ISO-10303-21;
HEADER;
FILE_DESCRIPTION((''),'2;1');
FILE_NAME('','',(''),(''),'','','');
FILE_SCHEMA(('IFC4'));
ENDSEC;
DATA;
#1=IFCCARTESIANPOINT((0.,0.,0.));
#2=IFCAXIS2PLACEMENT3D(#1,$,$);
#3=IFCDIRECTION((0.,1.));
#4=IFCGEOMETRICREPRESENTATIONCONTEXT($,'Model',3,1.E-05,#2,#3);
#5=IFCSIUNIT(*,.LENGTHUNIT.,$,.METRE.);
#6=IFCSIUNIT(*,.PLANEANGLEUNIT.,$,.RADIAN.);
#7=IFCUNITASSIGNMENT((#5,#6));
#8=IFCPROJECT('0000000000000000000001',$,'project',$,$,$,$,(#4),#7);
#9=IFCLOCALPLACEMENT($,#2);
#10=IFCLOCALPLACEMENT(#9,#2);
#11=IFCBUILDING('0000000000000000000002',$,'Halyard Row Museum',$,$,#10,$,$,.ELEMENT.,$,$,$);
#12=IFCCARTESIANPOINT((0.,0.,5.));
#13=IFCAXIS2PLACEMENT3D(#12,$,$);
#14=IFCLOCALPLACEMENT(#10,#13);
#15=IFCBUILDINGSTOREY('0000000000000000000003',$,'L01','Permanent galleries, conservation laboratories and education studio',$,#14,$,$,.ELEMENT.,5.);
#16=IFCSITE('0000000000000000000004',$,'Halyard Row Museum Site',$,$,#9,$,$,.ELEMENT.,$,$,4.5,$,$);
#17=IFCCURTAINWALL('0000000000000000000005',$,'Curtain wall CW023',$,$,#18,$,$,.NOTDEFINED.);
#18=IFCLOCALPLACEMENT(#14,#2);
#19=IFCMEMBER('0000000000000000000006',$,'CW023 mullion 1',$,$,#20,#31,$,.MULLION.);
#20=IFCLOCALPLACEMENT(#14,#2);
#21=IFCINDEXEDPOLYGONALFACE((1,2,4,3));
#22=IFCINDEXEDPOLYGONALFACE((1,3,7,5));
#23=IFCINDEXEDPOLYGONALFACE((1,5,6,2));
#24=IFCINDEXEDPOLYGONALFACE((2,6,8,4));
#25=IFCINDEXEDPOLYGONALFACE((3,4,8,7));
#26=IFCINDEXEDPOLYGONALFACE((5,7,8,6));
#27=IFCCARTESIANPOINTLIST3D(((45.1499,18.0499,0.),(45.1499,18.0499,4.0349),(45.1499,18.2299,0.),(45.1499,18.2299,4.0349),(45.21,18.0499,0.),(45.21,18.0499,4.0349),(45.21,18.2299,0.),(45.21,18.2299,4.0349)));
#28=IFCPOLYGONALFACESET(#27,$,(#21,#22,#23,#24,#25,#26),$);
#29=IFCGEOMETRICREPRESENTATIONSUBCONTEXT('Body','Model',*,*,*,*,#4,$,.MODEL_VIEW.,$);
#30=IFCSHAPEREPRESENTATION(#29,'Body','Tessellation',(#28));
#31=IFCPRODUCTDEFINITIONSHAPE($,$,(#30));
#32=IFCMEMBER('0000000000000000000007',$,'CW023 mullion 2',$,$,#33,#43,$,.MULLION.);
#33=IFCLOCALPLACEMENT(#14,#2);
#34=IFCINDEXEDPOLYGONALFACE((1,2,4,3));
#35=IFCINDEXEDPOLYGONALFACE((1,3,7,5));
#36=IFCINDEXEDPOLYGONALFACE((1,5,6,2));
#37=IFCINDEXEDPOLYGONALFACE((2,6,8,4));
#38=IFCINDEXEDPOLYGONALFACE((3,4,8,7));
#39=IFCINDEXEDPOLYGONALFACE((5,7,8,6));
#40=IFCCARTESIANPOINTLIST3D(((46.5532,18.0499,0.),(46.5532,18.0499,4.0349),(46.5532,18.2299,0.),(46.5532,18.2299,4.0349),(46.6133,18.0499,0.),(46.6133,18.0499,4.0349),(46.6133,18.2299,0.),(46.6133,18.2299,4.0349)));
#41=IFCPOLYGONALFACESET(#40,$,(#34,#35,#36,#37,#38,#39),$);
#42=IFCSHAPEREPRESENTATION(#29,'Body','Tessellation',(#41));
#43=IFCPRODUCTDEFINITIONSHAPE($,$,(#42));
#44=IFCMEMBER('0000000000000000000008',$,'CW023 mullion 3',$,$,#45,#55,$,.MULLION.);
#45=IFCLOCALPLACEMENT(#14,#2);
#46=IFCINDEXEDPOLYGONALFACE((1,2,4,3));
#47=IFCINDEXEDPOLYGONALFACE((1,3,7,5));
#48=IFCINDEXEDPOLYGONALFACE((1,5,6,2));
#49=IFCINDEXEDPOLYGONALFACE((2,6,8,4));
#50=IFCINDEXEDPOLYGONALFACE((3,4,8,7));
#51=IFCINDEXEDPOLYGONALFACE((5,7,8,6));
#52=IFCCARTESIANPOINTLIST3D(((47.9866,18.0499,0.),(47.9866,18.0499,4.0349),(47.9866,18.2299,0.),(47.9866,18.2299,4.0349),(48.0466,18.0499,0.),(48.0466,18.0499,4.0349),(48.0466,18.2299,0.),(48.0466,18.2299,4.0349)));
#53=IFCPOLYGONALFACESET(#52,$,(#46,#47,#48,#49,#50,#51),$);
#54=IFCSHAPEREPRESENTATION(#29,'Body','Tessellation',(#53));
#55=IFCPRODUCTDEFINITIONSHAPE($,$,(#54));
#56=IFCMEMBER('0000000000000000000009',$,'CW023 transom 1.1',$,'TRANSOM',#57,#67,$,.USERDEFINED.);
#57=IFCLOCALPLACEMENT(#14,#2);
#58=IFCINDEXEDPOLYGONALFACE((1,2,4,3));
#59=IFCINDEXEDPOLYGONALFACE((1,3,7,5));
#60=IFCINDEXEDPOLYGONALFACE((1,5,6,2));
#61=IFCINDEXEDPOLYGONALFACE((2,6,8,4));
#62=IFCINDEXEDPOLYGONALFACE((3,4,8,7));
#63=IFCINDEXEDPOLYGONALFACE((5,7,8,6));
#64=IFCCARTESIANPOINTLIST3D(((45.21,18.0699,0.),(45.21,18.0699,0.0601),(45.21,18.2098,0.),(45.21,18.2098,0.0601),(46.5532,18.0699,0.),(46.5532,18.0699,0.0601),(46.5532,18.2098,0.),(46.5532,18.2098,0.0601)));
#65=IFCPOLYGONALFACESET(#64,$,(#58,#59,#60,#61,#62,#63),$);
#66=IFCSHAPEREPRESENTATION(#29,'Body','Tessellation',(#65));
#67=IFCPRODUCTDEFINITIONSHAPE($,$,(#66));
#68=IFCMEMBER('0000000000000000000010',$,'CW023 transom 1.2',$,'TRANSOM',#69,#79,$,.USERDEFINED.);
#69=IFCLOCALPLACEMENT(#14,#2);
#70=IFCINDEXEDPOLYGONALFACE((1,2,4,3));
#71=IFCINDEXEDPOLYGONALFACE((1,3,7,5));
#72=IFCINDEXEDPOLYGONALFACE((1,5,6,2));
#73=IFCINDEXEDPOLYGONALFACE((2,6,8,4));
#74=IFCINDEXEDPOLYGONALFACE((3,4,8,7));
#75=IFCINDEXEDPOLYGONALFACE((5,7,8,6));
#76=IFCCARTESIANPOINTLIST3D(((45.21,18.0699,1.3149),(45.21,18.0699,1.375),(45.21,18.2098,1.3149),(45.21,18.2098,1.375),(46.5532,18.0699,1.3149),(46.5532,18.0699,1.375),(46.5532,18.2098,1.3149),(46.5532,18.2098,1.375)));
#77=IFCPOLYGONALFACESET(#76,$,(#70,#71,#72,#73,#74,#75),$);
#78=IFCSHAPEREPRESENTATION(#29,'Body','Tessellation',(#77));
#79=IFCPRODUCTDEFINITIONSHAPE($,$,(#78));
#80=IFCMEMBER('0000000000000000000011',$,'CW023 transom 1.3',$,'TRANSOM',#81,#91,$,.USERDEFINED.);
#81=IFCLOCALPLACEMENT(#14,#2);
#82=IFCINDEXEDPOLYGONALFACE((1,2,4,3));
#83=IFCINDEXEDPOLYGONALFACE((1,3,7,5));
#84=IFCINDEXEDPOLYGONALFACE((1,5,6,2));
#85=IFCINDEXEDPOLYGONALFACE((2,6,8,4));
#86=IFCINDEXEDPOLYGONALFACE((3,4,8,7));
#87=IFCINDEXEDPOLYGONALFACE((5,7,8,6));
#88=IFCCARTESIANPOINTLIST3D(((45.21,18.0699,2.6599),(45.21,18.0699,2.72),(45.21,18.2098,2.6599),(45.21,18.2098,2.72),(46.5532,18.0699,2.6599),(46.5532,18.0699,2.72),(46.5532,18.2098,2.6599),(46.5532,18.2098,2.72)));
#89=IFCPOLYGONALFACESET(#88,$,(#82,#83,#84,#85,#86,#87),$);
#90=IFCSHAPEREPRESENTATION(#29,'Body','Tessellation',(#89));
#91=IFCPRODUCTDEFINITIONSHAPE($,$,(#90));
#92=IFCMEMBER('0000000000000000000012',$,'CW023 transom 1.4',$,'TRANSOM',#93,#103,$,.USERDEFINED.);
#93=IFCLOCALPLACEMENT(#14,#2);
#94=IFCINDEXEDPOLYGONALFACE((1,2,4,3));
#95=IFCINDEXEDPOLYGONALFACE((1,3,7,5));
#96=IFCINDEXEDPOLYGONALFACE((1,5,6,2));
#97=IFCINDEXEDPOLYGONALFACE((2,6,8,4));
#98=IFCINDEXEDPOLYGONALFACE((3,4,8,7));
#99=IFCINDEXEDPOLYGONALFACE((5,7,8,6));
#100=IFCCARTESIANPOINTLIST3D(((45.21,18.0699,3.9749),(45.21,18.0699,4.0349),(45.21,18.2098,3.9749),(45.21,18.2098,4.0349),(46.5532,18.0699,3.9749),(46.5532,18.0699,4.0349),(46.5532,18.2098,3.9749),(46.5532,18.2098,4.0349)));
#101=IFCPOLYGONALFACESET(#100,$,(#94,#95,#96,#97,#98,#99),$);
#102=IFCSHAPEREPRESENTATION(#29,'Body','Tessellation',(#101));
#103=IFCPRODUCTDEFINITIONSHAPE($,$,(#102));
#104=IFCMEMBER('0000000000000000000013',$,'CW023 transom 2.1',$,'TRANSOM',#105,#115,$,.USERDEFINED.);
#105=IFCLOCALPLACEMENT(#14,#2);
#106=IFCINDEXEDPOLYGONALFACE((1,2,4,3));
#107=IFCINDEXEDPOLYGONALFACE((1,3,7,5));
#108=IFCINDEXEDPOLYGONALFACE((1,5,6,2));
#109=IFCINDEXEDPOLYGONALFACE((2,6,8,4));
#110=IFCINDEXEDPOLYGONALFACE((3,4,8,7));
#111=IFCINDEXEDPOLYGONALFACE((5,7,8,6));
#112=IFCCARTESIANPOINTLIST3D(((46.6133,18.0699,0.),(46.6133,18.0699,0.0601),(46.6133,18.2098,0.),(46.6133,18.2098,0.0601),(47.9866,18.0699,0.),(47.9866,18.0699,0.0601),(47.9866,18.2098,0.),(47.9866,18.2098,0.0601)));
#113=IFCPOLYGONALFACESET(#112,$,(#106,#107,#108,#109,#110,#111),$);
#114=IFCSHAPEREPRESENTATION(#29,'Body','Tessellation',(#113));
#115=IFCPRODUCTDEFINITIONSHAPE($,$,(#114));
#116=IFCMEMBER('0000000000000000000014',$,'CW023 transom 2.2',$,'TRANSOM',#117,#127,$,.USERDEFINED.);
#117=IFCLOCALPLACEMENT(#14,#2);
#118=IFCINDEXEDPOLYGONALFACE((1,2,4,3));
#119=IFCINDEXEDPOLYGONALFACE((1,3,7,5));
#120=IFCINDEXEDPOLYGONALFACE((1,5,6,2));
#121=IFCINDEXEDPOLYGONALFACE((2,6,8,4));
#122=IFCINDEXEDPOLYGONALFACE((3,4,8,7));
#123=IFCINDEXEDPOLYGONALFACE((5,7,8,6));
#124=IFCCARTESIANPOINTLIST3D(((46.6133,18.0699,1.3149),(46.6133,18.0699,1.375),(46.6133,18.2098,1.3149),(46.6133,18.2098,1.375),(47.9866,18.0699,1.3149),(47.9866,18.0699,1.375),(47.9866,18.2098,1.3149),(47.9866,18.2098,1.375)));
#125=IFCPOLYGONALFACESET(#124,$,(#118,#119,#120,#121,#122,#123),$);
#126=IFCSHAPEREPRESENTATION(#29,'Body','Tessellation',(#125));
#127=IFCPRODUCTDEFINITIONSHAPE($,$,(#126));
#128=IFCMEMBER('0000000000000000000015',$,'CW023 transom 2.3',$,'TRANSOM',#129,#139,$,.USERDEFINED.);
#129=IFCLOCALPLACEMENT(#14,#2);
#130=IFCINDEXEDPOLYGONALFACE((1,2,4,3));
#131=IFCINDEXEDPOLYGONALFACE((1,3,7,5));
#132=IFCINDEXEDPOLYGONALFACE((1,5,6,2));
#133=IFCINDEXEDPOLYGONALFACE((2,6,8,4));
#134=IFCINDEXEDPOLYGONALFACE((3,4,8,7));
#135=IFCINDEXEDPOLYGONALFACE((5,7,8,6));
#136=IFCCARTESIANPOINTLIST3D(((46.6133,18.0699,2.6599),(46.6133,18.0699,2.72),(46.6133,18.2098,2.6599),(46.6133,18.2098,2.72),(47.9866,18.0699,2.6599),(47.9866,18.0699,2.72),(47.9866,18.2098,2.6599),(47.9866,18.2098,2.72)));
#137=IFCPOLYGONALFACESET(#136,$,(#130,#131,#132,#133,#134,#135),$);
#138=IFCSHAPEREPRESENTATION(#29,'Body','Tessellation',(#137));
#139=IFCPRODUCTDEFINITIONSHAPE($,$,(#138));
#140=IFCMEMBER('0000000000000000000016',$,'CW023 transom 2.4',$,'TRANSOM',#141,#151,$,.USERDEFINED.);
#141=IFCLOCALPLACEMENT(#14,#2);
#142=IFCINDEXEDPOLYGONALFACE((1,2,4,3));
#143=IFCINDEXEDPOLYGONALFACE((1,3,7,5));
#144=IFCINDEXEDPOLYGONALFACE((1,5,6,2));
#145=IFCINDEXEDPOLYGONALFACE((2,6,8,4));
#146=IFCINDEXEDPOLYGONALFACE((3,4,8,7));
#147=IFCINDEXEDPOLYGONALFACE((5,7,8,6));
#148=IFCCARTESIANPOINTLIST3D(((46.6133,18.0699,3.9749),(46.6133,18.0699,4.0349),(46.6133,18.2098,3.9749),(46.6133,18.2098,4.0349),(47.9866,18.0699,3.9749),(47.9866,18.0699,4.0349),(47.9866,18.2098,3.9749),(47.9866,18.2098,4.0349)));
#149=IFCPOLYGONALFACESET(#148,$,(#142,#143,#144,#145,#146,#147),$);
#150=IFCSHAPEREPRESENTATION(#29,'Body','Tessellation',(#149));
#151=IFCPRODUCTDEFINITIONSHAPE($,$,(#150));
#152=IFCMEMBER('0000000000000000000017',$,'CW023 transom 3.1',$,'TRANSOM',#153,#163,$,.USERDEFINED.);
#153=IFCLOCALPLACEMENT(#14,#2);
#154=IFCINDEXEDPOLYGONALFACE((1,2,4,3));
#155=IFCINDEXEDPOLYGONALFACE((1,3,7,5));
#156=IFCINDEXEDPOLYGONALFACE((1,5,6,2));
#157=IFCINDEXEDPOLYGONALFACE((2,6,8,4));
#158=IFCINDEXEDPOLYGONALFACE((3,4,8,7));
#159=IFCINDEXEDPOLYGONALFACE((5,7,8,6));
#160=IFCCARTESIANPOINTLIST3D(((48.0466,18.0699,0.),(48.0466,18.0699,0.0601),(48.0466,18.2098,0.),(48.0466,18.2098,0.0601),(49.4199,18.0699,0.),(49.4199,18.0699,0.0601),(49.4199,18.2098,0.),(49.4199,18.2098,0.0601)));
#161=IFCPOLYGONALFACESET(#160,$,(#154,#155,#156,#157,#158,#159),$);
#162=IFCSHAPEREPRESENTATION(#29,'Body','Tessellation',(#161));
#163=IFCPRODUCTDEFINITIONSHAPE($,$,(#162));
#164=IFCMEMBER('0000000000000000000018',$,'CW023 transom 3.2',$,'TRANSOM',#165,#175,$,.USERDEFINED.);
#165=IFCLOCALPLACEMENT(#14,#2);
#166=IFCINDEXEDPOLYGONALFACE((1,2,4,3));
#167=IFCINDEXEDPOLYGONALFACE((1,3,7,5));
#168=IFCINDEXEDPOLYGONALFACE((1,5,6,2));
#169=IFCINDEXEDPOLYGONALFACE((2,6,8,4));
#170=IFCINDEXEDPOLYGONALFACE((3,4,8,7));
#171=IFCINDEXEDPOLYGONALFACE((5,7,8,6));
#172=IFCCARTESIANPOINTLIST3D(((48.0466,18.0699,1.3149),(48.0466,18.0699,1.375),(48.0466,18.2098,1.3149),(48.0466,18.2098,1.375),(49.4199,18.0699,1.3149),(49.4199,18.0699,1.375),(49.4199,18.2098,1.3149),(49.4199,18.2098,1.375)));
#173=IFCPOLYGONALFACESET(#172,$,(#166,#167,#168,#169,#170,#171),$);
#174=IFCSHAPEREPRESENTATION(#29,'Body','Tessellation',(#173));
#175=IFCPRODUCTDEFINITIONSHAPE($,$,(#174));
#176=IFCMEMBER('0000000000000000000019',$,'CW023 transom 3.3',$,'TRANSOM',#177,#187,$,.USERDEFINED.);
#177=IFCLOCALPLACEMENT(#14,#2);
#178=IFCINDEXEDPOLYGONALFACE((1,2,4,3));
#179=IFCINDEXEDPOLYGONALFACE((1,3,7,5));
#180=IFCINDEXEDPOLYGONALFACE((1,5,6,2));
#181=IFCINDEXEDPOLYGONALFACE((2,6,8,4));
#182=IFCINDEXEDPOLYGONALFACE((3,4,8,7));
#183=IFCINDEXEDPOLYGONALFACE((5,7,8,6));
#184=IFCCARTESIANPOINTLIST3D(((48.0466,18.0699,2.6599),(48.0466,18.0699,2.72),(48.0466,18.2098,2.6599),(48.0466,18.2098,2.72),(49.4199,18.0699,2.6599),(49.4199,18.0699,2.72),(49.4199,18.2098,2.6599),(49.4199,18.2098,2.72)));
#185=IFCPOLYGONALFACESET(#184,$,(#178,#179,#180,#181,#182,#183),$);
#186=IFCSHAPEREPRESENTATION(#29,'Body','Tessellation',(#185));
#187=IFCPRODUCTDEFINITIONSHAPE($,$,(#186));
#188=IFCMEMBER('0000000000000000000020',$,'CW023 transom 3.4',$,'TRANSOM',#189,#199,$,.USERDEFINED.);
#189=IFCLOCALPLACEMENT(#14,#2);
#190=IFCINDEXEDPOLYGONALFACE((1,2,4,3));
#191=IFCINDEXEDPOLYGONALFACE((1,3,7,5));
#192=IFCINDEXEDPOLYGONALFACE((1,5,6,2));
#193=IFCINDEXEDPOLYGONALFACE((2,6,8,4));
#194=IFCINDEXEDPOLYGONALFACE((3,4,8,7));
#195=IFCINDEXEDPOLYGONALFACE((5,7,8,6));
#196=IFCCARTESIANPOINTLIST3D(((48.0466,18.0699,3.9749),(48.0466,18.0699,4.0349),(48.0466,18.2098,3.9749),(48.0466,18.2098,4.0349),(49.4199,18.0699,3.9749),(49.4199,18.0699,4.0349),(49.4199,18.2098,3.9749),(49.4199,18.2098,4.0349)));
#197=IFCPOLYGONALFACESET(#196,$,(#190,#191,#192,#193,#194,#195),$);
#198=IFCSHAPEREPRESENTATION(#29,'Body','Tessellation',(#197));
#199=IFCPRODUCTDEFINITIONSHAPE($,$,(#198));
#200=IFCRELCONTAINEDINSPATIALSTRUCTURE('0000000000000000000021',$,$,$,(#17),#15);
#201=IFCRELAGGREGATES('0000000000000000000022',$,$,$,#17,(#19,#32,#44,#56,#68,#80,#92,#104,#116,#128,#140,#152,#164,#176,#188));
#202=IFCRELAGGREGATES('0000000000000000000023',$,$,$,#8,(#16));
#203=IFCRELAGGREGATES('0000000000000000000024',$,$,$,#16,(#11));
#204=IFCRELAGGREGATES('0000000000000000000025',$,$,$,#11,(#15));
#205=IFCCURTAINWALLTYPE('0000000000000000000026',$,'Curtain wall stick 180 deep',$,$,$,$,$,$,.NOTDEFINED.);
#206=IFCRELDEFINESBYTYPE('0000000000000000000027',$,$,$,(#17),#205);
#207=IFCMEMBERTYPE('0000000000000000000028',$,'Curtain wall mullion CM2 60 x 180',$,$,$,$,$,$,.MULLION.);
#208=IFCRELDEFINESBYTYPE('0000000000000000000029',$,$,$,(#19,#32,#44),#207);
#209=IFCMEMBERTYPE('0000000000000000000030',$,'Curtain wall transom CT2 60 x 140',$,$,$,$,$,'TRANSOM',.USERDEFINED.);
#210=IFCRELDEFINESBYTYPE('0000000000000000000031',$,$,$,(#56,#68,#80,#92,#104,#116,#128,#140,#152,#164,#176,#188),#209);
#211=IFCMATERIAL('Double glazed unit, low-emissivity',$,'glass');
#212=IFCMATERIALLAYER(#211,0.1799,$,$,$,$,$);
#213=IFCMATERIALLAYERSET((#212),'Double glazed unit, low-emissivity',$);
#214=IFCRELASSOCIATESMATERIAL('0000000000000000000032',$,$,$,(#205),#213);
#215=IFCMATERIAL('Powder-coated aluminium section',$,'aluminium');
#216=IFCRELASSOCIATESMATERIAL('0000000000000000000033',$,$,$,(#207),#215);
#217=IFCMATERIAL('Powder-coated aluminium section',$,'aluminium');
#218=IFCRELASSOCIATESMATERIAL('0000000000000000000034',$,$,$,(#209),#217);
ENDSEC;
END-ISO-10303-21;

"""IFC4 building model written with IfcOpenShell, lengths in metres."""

from ifc_helpers import new_model, si_unit, direction, frame, origin, origin_2d, place, context, subcontext, project, spatial, rectangle, extrude, material, layer, layer_set, material_profile, profile_set, type_object, element, aggregate, save


model = new_model("IFC4")

# Units and contexts
model_context = context("Model", 3, precision=1e-05, world=origin(), true_north=direction((0.0, 1.0)))
body_context = subcontext(model_context, "Body", "Model", "MODEL_VIEW")
ifc_project = project(units=[si_unit("LENGTHUNIT", "METRE"), si_unit("PLANEANGLEUNIT", "RADIAN")], contexts=[model_context])

# Site, building, storey
site_placement = place(None, origin())
site = spatial("IfcSite", under=ifc_project, at=site_placement, Name="Halyard Row Museum Site", CompositionType="ELEMENT", RefElevation=4.5)
building_placement = place(site_placement, origin())
building = spatial("IfcBuilding", under=site, at=building_placement, Name="Halyard Row Museum", CompositionType="ELEMENT")
storey_placement = place(building_placement, frame((0.0, 0.0, 5.0)))
storey = spatial("IfcBuildingStorey", under=building, at=storey_placement, Name="L01", Description="Permanent galleries, conservation laboratories and education studio", CompositionType="ELEMENT", Elevation=5.0)

# Curtain wall, members
ifc_material_1 = material(Name="Double glazed unit, low-emissivity", Category="glass")
ifc_layer_1 = layer(ifc_material_1, 0.1799)
ifc_layer_set_1 = layer_set([ifc_layer_1], Name="Double glazed unit, low-emissivity")
curtain_wall_type = type_object("IfcCurtainWallType", Name="Curtain wall stick 180 deep", PredefinedType="NOTDEFINED", material=ifc_layer_set_1)
curtain_wall_placement = place(storey_placement, origin())
curtain_wall = element("IfcCurtainWall", 1, at=curtain_wall_placement, inside=storey, type_object=curtain_wall_type, Name="Curtain wall CW023", PredefinedType="NOTDEFINED")
ifc_material_2 = material(Name="Powder-coated aluminium section", Category="aluminium")
ifc_material_profile_1 = material_profile(ifc_material_2, rectangle(XDim=0.1799, YDim=0.0601, at=origin_2d()), Name="180x60 mullion")
ifc_profile_set_1 = profile_set([ifc_material_profile_1], Name="Powder-coated aluminium section")
member_type_1 = type_object("IfcMemberType", Name="Curtain wall mullion CM2 60 x 180", PredefinedType="MULLION", material=ifc_profile_set_1)
member_1_placement = place(storey_placement, frame((45.1799, 18.1399, 0.0), z_axis=(0.0, 0.0, 1.0), x_axis=(0.0, 1.0, 0.0)))
member_1 = element("IfcMember", 2, at=member_1_placement, type_object=member_type_1, Name="CW023 mullion 1", PredefinedType="MULLION", context=body_context, shape_type="SweptSolid", body=[
    extrude(rectangle(XDim=0.1799, YDim=0.0601, at=origin_2d()), origin(), (0.0, 0.0, 1.0), 4.0349),
])
member_2_placement = place(storey_placement, frame((46.5833, 18.1399, 0.0), z_axis=(0.0, 0.0, 1.0), x_axis=(0.0, 1.0, 0.0)))
member_2 = element("IfcMember", 3, at=member_2_placement, type_object=member_type_1, Name="CW023 mullion 2", PredefinedType="MULLION", context=body_context, shape_type="SweptSolid", body=[
    extrude(rectangle(XDim=0.1799, YDim=0.0601, at=origin_2d()), origin(), (0.0, 0.0, 1.0), 4.0349),
])
member_3_placement = place(storey_placement, frame((48.0166, 18.1399, 0.0), z_axis=(0.0, 0.0, 1.0), x_axis=(0.0, 1.0, 0.0)))
member_3 = element("IfcMember", 4, at=member_3_placement, type_object=member_type_1, Name="CW023 mullion 3", PredefinedType="MULLION", context=body_context, shape_type="SweptSolid", body=[
    extrude(rectangle(XDim=0.1799, YDim=0.0601, at=origin_2d()), origin(), (0.0, 0.0, 1.0), 4.0349),
])
ifc_material_3 = material(Name="Powder-coated aluminium section", Category="aluminium")
ifc_material_profile_2 = material_profile(ifc_material_3, rectangle(XDim=0.1399, YDim=0.0601, at=origin_2d()), Name="140x60 transom")
ifc_profile_set_2 = profile_set([ifc_material_profile_2], Name="Powder-coated aluminium section")
member_type_2 = type_object("IfcMemberType", Name="Curtain wall transom CT2 60 x 140", ElementType="TRANSOM", PredefinedType="USERDEFINED", material=ifc_profile_set_2)
member_4_placement = place(storey_placement, frame((45.21, 18.1399, 0.03), z_axis=(1.0, 0.0, 0.0), x_axis=(0.0, 1.0, 0.0)))
member_4 = element("IfcMember", 5, at=member_4_placement, type_object=member_type_2, Name="CW023 transom 1.1", ObjectType="TRANSOM", PredefinedType="USERDEFINED", context=body_context, shape_type="SweptSolid", body=[
    extrude(rectangle(XDim=0.1399, YDim=0.0601, at=origin_2d()), origin(), (0.0, 0.0, 1.0), 1.3433),
])
member_5_placement = place(storey_placement, frame((45.21, 18.1399, 1.345), z_axis=(1.0, 0.0, 0.0), x_axis=(0.0, 1.0, 0.0)))
member_5 = element("IfcMember", 6, at=member_5_placement, type_object=member_type_2, Name="CW023 transom 1.2", ObjectType="TRANSOM", PredefinedType="USERDEFINED", context=body_context, shape_type="SweptSolid", body=[
    extrude(rectangle(XDim=0.1399, YDim=0.0601, at=origin_2d()), origin(), (0.0, 0.0, 1.0), 1.3433),
])
member_6_placement = place(storey_placement, frame((45.21, 18.1399, 2.6899), z_axis=(1.0, 0.0, 0.0), x_axis=(0.0, 1.0, 0.0)))
member_6 = element("IfcMember", 7, at=member_6_placement, type_object=member_type_2, Name="CW023 transom 1.3", ObjectType="TRANSOM", PredefinedType="USERDEFINED", context=body_context, shape_type="SweptSolid", body=[
    extrude(rectangle(XDim=0.1399, YDim=0.0601, at=origin_2d()), origin(), (0.0, 0.0, 1.0), 1.3433),
])
member_7_placement = place(storey_placement, frame((45.21, 18.1399, 4.0049), z_axis=(1.0, 0.0, 0.0), x_axis=(0.0, 1.0, 0.0)))
member_7 = element("IfcMember", 8, at=member_7_placement, type_object=member_type_2, Name="CW023 transom 1.4", ObjectType="TRANSOM", PredefinedType="USERDEFINED", context=body_context, shape_type="SweptSolid", body=[
    extrude(rectangle(XDim=0.1399, YDim=0.0601, at=origin_2d()), origin(), (0.0, 0.0, 1.0), 1.3433),
])
member_8_placement = place(storey_placement, frame((46.6133, 18.1399, 0.03), z_axis=(1.0, 0.0, 0.0), x_axis=(0.0, 1.0, 0.0)))
member_8 = element("IfcMember", 9, at=member_8_placement, type_object=member_type_2, Name="CW023 transom 2.1", ObjectType="TRANSOM", PredefinedType="USERDEFINED", context=body_context, shape_type="SweptSolid", body=[
    extrude(rectangle(XDim=0.1399, YDim=0.0601, at=origin_2d()), origin(), (0.0, 0.0, 1.0), 1.3733),
])
member_9_placement = place(storey_placement, frame((46.6133, 18.1399, 1.345), z_axis=(1.0, 0.0, 0.0), x_axis=(0.0, 1.0, 0.0)))
member_9 = element("IfcMember", 10, at=member_9_placement, type_object=member_type_2, Name="CW023 transom 2.2", ObjectType="TRANSOM", PredefinedType="USERDEFINED", context=body_context, shape_type="SweptSolid", body=[
    extrude(rectangle(XDim=0.1399, YDim=0.0601, at=origin_2d()), origin(), (0.0, 0.0, 1.0), 1.3733),
])
member_10_placement = place(storey_placement, frame((46.6133, 18.1399, 2.6899), z_axis=(1.0, 0.0, 0.0), x_axis=(0.0, 1.0, 0.0)))
member_10 = element("IfcMember", 11, at=member_10_placement, type_object=member_type_2, Name="CW023 transom 2.3", ObjectType="TRANSOM", PredefinedType="USERDEFINED", context=body_context, shape_type="SweptSolid", body=[
    extrude(rectangle(XDim=0.1399, YDim=0.0601, at=origin_2d()), origin(), (0.0, 0.0, 1.0), 1.3733),
])
member_11_placement = place(storey_placement, frame((46.6133, 18.1399, 4.0049), z_axis=(1.0, 0.0, 0.0), x_axis=(0.0, 1.0, 0.0)))
member_11 = element("IfcMember", 12, at=member_11_placement, type_object=member_type_2, Name="CW023 transom 2.4", ObjectType="TRANSOM", PredefinedType="USERDEFINED", context=body_context, shape_type="SweptSolid", body=[
    extrude(rectangle(XDim=0.1399, YDim=0.0601, at=origin_2d()), origin(), (0.0, 0.0, 1.0), 1.3733),
])
member_12_placement = place(storey_placement, frame((48.0466, 18.1399, 0.03), z_axis=(1.0, 0.0, 0.0), x_axis=(0.0, 1.0, 0.0)))
member_12 = element("IfcMember", 13, at=member_12_placement, type_object=member_type_2, Name="CW023 transom 3.1", ObjectType="TRANSOM", PredefinedType="USERDEFINED", context=body_context, shape_type="SweptSolid", body=[
    extrude(rectangle(XDim=0.1399, YDim=0.0601, at=origin_2d()), origin(), (0.0, 0.0, 1.0), 1.3733),
])
member_13_placement = place(storey_placement, frame((48.0466, 18.1399, 1.345), z_axis=(1.0, 0.0, 0.0), x_axis=(0.0, 1.0, 0.0)))
member_13 = element("IfcMember", 14, at=member_13_placement, type_object=member_type_2, Name="CW023 transom 3.2", ObjectType="TRANSOM", PredefinedType="USERDEFINED", context=body_context, shape_type="SweptSolid", body=[
    extrude(rectangle(XDim=0.1399, YDim=0.0601, at=origin_2d()), origin(), (0.0, 0.0, 1.0), 1.3733),
])
member_14_placement = place(storey_placement, frame((48.0466, 18.1399, 2.6899), z_axis=(1.0, 0.0, 0.0), x_axis=(0.0, 1.0, 0.0)))
member_14 = element("IfcMember", 15, at=member_14_placement, type_object=member_type_2, Name="CW023 transom 3.3", ObjectType="TRANSOM", PredefinedType="USERDEFINED", context=body_context, shape_type="SweptSolid", body=[
    extrude(rectangle(XDim=0.1399, YDim=0.0601, at=origin_2d()), origin(), (0.0, 0.0, 1.0), 1.3733),
])
member_15_placement = place(storey_placement, frame((48.0466, 18.1399, 4.0049), z_axis=(1.0, 0.0, 0.0), x_axis=(0.0, 1.0, 0.0)))
member_15 = element("IfcMember", 16, at=member_15_placement, type_object=member_type_2, Name="CW023 transom 3.4", ObjectType="TRANSOM", PredefinedType="USERDEFINED", context=body_context, shape_type="SweptSolid", body=[
    extrude(rectangle(XDim=0.1399, YDim=0.0601, at=origin_2d()), origin(), (0.0, 0.0, 1.0), 1.3733),
])

aggregate(curtain_wall, [member_1, member_2, member_3, member_4, member_5, member_6, member_7, member_8, member_9, member_10, member_11, member_12, member_13, member_14, member_15])

save(model, "model.ifc")
